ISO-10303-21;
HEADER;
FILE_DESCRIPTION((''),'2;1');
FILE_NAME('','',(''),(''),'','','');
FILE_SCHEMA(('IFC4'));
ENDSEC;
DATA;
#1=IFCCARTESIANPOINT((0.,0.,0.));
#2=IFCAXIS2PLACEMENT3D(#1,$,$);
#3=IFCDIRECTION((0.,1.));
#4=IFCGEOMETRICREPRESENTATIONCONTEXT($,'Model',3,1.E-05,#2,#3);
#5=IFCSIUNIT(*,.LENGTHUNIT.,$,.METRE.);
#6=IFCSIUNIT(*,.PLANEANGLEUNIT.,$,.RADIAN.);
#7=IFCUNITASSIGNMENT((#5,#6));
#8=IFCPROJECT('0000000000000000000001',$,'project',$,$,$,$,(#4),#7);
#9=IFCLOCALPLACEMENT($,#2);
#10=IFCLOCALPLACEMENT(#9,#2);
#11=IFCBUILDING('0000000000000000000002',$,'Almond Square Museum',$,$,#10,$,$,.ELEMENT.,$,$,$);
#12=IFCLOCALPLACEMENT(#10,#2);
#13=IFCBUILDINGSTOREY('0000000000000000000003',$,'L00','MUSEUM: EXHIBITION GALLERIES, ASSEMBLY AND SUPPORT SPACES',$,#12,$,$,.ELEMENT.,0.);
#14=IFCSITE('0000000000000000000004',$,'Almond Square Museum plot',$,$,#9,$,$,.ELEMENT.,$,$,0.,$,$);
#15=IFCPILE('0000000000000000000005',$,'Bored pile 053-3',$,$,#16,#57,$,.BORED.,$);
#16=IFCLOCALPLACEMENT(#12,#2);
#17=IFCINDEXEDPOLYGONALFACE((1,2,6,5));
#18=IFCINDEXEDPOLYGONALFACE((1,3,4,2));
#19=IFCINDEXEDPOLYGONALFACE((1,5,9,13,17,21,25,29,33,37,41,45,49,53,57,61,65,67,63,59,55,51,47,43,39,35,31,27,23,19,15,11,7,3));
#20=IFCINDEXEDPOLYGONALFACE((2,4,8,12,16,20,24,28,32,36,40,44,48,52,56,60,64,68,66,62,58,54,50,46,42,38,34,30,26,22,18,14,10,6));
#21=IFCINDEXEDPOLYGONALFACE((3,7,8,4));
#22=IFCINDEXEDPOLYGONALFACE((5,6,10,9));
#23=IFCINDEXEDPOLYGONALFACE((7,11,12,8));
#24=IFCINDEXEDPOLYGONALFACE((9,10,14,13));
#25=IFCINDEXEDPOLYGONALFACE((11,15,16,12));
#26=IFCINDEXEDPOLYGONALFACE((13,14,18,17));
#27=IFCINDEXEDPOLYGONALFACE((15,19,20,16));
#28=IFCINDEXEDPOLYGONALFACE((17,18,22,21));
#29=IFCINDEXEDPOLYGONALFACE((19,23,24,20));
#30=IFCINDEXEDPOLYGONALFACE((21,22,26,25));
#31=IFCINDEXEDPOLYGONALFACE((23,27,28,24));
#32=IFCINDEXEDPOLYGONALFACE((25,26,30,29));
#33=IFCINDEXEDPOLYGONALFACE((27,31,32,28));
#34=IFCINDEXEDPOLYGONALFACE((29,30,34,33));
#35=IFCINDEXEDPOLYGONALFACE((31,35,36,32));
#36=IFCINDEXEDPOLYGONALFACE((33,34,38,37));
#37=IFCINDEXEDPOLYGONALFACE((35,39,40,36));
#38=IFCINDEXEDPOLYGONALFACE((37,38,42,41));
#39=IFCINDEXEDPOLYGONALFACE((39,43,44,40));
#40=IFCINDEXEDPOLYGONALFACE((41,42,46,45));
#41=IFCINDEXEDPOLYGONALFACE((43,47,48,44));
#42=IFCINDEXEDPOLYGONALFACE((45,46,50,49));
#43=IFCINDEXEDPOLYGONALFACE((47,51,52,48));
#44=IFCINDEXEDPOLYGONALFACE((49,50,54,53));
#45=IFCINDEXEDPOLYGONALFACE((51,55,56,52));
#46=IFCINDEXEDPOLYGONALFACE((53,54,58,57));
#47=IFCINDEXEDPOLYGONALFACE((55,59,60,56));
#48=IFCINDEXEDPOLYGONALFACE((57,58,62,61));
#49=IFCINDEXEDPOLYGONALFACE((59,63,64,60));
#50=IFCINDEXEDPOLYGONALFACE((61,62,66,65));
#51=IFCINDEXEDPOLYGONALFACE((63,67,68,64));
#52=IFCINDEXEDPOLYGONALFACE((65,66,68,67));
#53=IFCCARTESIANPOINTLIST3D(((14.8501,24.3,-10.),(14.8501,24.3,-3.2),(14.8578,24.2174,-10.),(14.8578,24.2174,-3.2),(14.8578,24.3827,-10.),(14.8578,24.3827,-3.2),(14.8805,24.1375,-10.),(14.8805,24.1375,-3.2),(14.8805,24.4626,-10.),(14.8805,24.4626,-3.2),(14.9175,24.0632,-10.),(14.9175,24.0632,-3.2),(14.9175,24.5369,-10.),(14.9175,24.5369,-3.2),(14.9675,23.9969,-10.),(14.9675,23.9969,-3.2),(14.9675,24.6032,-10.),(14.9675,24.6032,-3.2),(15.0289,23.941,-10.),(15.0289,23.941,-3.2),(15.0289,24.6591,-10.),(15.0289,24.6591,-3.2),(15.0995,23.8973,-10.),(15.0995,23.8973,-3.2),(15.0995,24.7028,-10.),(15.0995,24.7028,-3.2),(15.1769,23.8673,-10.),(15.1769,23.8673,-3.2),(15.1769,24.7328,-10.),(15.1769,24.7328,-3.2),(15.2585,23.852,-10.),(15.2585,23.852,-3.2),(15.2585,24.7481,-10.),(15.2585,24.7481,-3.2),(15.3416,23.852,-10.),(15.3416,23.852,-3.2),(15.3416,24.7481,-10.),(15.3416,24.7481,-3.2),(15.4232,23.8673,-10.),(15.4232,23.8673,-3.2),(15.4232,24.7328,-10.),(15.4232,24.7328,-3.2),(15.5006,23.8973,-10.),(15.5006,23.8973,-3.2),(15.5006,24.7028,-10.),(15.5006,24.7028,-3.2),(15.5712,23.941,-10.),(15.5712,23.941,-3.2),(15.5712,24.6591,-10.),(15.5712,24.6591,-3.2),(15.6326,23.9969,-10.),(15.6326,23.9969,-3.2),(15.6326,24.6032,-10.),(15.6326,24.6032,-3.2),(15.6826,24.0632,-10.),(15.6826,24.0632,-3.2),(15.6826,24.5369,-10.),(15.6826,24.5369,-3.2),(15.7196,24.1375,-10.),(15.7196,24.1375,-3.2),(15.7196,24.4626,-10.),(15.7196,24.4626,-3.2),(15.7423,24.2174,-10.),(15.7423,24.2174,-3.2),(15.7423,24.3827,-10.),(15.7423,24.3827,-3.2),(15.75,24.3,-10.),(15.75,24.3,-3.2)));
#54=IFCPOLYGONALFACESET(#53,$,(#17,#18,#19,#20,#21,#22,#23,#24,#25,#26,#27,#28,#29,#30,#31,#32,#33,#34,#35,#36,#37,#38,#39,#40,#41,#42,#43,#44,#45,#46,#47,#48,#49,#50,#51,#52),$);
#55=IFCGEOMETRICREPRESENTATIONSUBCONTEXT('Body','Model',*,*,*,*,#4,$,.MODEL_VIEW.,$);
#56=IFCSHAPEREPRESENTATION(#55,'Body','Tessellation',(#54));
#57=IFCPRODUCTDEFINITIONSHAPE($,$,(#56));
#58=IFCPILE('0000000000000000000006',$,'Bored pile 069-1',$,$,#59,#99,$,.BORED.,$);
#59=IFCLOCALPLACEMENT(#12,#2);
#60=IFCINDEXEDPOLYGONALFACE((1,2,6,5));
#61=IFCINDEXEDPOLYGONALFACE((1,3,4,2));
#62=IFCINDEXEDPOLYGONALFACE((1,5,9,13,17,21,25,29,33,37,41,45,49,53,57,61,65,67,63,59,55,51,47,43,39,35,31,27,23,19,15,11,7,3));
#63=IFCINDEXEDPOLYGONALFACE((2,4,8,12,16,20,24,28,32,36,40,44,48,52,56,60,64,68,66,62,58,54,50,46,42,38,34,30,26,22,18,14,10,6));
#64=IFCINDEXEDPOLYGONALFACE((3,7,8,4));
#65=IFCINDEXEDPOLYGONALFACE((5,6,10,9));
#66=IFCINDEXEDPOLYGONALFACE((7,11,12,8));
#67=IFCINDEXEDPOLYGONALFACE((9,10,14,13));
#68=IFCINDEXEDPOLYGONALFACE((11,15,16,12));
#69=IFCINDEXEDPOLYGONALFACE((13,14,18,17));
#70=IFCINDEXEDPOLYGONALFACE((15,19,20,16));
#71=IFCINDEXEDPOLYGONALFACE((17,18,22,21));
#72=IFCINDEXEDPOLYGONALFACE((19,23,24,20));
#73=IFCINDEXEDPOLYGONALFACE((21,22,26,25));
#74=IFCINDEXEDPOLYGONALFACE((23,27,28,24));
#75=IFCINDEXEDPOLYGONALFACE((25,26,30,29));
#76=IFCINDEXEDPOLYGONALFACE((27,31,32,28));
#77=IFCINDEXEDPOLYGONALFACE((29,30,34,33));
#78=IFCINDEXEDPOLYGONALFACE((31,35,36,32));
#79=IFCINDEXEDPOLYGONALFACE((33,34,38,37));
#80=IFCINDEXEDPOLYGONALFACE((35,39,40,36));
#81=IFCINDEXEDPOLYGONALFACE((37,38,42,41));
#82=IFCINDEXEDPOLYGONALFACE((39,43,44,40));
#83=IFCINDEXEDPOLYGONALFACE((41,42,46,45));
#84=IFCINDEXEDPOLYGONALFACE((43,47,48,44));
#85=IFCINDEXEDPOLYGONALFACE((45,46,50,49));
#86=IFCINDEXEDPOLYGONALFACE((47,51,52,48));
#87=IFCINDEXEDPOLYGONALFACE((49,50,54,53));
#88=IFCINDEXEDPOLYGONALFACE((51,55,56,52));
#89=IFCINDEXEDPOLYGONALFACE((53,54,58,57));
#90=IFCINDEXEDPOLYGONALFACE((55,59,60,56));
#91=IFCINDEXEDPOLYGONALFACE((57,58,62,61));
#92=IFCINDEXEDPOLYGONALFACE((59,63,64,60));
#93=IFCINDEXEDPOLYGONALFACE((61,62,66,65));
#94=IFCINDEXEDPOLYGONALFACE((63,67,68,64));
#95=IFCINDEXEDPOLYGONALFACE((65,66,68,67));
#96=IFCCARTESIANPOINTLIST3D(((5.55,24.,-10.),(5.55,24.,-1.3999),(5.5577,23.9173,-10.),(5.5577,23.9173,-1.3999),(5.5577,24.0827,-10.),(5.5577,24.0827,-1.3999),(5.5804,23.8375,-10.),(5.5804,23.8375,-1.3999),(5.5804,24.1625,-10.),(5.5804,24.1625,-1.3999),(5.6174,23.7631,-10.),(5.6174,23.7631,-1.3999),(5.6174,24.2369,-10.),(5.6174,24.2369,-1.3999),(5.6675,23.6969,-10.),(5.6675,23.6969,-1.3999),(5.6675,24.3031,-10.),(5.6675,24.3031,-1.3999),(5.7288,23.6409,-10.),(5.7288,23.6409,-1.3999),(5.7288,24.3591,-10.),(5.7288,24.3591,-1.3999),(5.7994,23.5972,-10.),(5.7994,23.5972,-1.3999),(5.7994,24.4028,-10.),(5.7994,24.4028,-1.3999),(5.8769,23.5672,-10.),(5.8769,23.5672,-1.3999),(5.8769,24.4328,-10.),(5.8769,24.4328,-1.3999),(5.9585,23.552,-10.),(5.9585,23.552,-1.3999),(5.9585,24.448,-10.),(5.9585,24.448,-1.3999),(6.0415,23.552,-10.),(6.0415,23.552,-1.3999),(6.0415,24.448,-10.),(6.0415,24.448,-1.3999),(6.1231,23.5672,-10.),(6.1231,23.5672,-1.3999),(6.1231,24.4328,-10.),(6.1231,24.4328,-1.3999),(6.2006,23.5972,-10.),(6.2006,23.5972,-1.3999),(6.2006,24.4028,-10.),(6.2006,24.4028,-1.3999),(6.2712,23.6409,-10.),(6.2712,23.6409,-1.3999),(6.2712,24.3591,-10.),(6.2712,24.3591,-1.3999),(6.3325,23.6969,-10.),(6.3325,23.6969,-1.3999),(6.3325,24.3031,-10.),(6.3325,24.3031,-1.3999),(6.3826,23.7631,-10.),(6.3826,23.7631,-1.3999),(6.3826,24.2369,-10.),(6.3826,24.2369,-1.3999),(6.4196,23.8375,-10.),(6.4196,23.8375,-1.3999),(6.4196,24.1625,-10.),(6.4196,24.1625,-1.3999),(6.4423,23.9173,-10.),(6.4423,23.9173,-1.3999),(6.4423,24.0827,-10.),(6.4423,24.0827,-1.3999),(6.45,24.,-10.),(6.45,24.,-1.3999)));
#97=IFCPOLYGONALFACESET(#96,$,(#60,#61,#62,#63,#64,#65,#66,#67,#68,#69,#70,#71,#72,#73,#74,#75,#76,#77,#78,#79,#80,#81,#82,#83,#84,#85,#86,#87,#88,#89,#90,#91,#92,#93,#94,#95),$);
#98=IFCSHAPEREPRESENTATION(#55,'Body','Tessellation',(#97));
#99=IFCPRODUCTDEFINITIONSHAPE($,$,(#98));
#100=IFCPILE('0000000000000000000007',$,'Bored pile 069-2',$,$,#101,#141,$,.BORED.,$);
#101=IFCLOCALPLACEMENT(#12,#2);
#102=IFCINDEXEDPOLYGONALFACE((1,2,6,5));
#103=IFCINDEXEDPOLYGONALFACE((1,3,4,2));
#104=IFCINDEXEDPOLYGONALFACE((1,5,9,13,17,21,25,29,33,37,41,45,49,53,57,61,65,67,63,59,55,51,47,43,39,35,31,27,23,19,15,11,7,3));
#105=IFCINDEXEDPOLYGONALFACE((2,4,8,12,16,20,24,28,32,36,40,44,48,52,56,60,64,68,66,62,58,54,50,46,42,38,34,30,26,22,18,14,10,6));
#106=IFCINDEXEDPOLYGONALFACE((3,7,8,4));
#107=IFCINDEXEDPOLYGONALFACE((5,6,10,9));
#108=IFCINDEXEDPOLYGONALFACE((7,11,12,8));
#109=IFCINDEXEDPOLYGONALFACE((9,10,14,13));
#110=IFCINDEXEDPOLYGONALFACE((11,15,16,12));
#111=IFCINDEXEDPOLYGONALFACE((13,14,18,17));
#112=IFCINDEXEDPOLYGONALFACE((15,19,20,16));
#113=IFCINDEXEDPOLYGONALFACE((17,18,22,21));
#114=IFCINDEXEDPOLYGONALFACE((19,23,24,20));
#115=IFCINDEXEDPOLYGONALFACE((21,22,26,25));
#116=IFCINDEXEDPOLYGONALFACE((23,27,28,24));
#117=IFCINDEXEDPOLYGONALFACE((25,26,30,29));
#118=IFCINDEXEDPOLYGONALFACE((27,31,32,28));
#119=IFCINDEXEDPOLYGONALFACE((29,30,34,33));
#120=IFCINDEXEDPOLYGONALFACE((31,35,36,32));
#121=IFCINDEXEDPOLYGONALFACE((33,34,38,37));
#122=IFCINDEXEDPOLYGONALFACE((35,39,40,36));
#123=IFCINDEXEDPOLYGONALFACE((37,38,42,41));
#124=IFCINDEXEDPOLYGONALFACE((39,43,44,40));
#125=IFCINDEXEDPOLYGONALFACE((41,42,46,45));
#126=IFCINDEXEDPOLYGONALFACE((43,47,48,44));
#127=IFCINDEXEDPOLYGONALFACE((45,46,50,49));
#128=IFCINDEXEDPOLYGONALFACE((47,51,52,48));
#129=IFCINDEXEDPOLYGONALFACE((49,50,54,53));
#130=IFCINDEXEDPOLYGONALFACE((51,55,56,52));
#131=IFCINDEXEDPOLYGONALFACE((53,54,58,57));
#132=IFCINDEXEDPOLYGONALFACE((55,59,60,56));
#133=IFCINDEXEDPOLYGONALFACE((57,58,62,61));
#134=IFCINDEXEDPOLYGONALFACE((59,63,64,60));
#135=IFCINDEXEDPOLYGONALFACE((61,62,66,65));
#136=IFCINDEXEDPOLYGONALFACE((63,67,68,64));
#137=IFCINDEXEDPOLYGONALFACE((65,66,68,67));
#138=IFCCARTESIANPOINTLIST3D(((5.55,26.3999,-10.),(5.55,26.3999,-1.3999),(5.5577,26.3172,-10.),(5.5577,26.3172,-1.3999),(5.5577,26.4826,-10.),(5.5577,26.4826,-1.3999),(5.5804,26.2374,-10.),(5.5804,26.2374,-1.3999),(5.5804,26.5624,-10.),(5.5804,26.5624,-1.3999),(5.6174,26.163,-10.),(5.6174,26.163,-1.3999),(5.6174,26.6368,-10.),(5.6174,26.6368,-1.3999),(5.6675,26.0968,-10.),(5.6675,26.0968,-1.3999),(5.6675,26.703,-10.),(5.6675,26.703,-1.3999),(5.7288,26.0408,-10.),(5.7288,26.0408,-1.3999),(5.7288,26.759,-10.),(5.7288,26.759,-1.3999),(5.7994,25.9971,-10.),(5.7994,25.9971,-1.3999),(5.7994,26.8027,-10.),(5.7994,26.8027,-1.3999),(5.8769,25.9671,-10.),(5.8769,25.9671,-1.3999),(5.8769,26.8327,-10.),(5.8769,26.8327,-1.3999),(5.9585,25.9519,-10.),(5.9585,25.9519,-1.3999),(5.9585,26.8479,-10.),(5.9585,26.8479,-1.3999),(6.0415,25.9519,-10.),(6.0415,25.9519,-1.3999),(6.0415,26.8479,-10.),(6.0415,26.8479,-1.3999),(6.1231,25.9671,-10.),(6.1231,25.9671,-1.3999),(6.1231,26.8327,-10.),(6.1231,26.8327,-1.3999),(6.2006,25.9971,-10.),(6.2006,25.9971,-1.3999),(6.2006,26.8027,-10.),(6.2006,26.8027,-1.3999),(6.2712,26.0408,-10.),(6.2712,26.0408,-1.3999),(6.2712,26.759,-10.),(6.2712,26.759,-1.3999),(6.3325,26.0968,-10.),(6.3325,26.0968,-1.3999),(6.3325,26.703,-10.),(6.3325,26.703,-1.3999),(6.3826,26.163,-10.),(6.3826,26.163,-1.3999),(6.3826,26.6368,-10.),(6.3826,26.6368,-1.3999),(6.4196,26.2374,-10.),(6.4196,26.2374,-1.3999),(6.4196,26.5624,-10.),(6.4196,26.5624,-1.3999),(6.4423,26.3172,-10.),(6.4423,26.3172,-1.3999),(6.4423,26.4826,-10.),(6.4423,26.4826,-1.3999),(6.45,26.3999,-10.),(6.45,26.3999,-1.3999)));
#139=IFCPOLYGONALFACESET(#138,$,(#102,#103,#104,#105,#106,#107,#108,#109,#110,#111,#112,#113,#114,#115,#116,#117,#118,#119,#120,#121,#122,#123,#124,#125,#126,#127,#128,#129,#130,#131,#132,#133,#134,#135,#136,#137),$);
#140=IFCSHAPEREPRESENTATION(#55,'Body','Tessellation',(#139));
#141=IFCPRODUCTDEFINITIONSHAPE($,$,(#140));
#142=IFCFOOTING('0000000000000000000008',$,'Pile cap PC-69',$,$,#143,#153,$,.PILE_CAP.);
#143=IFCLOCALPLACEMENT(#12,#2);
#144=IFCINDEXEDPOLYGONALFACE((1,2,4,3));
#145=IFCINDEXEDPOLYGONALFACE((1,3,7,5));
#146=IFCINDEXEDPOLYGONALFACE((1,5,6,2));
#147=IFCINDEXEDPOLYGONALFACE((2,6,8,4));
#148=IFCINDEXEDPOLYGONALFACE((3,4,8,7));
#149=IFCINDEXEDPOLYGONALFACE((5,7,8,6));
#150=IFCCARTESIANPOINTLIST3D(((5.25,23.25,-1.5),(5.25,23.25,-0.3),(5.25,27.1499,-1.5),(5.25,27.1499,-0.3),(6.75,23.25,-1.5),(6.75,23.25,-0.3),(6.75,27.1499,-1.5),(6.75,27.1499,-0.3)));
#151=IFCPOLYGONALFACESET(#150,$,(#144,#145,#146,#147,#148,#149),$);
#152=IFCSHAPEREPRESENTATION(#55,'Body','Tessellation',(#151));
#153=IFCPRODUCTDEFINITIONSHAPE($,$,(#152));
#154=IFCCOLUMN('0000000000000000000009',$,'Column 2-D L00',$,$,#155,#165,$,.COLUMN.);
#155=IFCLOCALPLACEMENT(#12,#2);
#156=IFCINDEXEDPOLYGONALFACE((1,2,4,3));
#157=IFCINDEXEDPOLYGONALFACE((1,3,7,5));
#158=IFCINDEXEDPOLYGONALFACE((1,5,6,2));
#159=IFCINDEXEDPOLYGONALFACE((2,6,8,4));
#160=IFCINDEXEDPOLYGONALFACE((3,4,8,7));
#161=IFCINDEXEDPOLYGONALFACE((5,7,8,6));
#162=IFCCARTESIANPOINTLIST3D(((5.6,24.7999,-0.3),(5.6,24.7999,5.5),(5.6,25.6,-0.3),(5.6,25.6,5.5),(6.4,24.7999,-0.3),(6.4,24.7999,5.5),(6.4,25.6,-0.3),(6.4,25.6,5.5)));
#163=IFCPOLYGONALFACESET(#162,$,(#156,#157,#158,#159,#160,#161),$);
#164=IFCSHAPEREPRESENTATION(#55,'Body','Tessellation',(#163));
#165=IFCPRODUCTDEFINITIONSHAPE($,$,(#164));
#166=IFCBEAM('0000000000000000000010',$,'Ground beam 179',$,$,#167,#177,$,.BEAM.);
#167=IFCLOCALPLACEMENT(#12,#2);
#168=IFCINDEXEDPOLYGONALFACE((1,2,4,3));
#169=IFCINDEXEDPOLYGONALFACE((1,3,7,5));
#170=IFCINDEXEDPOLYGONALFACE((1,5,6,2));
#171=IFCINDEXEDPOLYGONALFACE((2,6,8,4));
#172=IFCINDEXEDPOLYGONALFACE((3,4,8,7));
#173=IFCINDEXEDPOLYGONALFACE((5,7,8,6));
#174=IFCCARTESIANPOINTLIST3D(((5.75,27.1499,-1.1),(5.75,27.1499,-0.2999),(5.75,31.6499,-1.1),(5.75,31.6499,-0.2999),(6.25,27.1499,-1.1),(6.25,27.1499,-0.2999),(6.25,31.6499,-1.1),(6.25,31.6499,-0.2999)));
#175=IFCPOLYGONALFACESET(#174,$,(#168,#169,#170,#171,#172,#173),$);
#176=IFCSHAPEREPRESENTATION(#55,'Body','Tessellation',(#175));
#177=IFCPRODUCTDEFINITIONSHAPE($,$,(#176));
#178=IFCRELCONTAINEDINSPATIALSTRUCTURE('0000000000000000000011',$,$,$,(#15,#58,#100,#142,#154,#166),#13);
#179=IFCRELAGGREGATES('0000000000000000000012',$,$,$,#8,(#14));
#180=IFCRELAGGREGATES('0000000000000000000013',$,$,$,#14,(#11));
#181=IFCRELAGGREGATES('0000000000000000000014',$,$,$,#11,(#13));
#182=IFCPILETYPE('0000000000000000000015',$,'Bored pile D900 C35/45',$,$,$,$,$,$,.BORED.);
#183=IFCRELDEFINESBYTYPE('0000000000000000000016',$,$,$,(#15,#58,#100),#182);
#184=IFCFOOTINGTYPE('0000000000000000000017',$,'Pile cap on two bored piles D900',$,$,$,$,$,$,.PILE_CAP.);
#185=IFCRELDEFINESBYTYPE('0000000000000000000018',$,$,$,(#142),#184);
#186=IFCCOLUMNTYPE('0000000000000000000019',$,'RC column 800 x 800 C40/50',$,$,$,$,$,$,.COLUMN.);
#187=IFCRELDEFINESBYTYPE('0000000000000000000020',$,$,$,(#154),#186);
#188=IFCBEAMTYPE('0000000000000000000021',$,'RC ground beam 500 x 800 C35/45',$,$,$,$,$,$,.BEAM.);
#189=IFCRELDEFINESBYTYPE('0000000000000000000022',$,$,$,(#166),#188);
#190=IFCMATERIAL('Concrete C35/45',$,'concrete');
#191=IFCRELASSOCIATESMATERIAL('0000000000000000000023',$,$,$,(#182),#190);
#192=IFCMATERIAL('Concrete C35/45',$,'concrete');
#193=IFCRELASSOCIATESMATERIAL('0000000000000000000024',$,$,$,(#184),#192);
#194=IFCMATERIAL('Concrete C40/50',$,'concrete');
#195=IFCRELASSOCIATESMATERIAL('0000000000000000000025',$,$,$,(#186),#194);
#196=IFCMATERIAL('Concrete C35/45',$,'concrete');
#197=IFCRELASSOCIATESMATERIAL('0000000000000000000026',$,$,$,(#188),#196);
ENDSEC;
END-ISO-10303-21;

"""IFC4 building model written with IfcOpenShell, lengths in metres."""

from ifc_helpers import new_model, si_unit, direction, frame, origin, origin_2d, place, context, subcontext, project, spatial, rectangle, circle, extrude, material, material_profile, profile_set, type_object, element, save


model = new_model("IFC4")

# Units and contexts
model_context = context("Model", 3, precision=1e-05, world=origin(), true_north=direction((0.0, 1.0)))
body_context = subcontext(model_context, "Body", "Model", "MODEL_VIEW")
ifc_project = project(units=[si_unit("LENGTHUNIT", "METRE"), si_unit("PLANEANGLEUNIT", "RADIAN")], contexts=[model_context])

# Site, building, storey
site_placement = place(None, origin())
site = spatial("IfcSite", under=ifc_project, at=site_placement, Name="Almond Square Museum plot", CompositionType="ELEMENT", RefElevation=0.0)
building_placement = place(site_placement, origin())
building = spatial("IfcBuilding", under=site, at=building_placement, Name="Almond Square Museum", CompositionType="ELEMENT")
storey_placement = place(building_placement, origin())
storey = spatial("IfcBuildingStorey", under=building, at=storey_placement, Name="L00", Description="MUSEUM: EXHIBITION GALLERIES, ASSEMBLY AND SUPPORT SPACES", CompositionType="ELEMENT", Elevation=0.0)

# Piles
ifc_material_1 = material(Name="Concrete C35/45", Category="concrete")
ifc_material_profile_1 = material_profile(ifc_material_1, circle(Radius=0.45, at=origin_2d()))
ifc_profile_set_1 = profile_set([ifc_material_profile_1], Name="Concrete C35/45")
pile_type = type_object("IfcPileType", Name="Bored pile D900 C35/45", PredefinedType="BORED", material=ifc_profile_set_1)
pile_placement = place(storey_placement, frame((15.3, 24.3, -3.2), z_axis=(0.0, 0.0, -1.0), x_axis=(1.0, 0.0, 0.0)))
element("IfcPile", 1, at=pile_placement, inside=storey, type_object=pile_type, Name="Bored pile 053-3", PredefinedType="BORED", context=body_context, shape_type="SweptSolid", body=[
    extrude(circle(Radius=0.45, at=origin_2d()), origin(), (0.0, 0.0, 1.0), 6.8),
])
for number, where, z_axis, x_axis, name in (
    (2, (6.0, 24.0, -1.3999), (0.0, 0.0, -1.0), (1.0, 0.0, 0.0), "Bored pile 069-1"),
    (3, (6.0, 26.3999, -1.3999), (0.0, 0.0, -1.0), (1.0, 0.0, 0.0), "Bored pile 069-2"),
):
    element("IfcPile", number, at=place(storey_placement, frame(where, z_axis=z_axis, x_axis=x_axis)), inside=storey, type_object=pile_type, Name=name, PredefinedType="BORED", context=body_context, shape_type="SweptSolid", body=[
        extrude(circle(Radius=0.45, at=origin_2d()), origin(), (0.0, 0.0, 1.0), 8.6001),
    ])

# Footing
ifc_material_2 = material(Name="Concrete C35/45", Category="concrete")
footing_type = type_object("IfcFootingType", Name="Pile cap on two bored piles D900", PredefinedType="PILE_CAP", material=ifc_material_2)
footing_placement = place(storey_placement, frame((6.0, 25.2, -1.5), z_axis=(0.0, 0.0, 1.0), x_axis=(1.0, 0.0, 0.0)))
element("IfcFooting", 4, at=footing_placement, inside=storey, type_object=footing_type, Name="Pile cap PC-69", PredefinedType="PILE_CAP", context=body_context, shape_type="SweptSolid", body=[
    extrude(rectangle(XDim=1.5, YDim=3.8999, at=origin_2d()), origin(), (0.0, 0.0, 1.0), 1.2),
])

# Column
ifc_material_3 = material(Name="Concrete C40/50", Category="concrete")
ifc_material_profile_2 = material_profile(ifc_material_3, rectangle(XDim=0.8, YDim=0.8, at=origin_2d()))
ifc_profile_set_2 = profile_set([ifc_material_profile_2], Name="Concrete C40/50")
column_type = type_object("IfcColumnType", Name="RC column 800 x 800 C40/50", PredefinedType="COLUMN", material=ifc_profile_set_2)
column_placement = place(storey_placement, frame((6.0, 25.2, -0.3), z_axis=(0.0, 0.0, 1.0), x_axis=(1.0, 0.0, 0.0)))
element("IfcColumn", 5, at=column_placement, inside=storey, type_object=column_type, Name="Column 2-D L00", PredefinedType="COLUMN", context=body_context, shape_type="SweptSolid", body=[
    extrude(rectangle(XDim=0.8, YDim=0.8, at=origin_2d()), origin(), (0.0, 0.0, 1.0), 5.8),
])

# Beam
ifc_material_4 = material(Name="Concrete C35/45", Category="concrete")
ifc_material_profile_3 = material_profile(ifc_material_4, rectangle(XDim=0.5, YDim=0.8, at=origin_2d()))
ifc_profile_set_3 = profile_set([ifc_material_profile_3], Name="Concrete C35/45")
beam_type = type_object("IfcBeamType", Name="RC ground beam 500 x 800 C35/45", PredefinedType="BEAM", material=ifc_profile_set_3)
beam_placement = place(storey_placement, frame((6.0, 27.1499, -0.7), z_axis=(0.0, 1.0, 0.0), x_axis=(-1.0, 0.0, 0.0)))
element("IfcBeam", 6, at=beam_placement, inside=storey, type_object=beam_type, Name="Ground beam 179", PredefinedType="BEAM", context=body_context, shape_type="SweptSolid", body=[
    extrude(rectangle(XDim=0.5, YDim=0.8, at=origin_2d()), origin(), (0.0, 0.0, 1.0), 4.5),
])

save(model, "model.ifc")
